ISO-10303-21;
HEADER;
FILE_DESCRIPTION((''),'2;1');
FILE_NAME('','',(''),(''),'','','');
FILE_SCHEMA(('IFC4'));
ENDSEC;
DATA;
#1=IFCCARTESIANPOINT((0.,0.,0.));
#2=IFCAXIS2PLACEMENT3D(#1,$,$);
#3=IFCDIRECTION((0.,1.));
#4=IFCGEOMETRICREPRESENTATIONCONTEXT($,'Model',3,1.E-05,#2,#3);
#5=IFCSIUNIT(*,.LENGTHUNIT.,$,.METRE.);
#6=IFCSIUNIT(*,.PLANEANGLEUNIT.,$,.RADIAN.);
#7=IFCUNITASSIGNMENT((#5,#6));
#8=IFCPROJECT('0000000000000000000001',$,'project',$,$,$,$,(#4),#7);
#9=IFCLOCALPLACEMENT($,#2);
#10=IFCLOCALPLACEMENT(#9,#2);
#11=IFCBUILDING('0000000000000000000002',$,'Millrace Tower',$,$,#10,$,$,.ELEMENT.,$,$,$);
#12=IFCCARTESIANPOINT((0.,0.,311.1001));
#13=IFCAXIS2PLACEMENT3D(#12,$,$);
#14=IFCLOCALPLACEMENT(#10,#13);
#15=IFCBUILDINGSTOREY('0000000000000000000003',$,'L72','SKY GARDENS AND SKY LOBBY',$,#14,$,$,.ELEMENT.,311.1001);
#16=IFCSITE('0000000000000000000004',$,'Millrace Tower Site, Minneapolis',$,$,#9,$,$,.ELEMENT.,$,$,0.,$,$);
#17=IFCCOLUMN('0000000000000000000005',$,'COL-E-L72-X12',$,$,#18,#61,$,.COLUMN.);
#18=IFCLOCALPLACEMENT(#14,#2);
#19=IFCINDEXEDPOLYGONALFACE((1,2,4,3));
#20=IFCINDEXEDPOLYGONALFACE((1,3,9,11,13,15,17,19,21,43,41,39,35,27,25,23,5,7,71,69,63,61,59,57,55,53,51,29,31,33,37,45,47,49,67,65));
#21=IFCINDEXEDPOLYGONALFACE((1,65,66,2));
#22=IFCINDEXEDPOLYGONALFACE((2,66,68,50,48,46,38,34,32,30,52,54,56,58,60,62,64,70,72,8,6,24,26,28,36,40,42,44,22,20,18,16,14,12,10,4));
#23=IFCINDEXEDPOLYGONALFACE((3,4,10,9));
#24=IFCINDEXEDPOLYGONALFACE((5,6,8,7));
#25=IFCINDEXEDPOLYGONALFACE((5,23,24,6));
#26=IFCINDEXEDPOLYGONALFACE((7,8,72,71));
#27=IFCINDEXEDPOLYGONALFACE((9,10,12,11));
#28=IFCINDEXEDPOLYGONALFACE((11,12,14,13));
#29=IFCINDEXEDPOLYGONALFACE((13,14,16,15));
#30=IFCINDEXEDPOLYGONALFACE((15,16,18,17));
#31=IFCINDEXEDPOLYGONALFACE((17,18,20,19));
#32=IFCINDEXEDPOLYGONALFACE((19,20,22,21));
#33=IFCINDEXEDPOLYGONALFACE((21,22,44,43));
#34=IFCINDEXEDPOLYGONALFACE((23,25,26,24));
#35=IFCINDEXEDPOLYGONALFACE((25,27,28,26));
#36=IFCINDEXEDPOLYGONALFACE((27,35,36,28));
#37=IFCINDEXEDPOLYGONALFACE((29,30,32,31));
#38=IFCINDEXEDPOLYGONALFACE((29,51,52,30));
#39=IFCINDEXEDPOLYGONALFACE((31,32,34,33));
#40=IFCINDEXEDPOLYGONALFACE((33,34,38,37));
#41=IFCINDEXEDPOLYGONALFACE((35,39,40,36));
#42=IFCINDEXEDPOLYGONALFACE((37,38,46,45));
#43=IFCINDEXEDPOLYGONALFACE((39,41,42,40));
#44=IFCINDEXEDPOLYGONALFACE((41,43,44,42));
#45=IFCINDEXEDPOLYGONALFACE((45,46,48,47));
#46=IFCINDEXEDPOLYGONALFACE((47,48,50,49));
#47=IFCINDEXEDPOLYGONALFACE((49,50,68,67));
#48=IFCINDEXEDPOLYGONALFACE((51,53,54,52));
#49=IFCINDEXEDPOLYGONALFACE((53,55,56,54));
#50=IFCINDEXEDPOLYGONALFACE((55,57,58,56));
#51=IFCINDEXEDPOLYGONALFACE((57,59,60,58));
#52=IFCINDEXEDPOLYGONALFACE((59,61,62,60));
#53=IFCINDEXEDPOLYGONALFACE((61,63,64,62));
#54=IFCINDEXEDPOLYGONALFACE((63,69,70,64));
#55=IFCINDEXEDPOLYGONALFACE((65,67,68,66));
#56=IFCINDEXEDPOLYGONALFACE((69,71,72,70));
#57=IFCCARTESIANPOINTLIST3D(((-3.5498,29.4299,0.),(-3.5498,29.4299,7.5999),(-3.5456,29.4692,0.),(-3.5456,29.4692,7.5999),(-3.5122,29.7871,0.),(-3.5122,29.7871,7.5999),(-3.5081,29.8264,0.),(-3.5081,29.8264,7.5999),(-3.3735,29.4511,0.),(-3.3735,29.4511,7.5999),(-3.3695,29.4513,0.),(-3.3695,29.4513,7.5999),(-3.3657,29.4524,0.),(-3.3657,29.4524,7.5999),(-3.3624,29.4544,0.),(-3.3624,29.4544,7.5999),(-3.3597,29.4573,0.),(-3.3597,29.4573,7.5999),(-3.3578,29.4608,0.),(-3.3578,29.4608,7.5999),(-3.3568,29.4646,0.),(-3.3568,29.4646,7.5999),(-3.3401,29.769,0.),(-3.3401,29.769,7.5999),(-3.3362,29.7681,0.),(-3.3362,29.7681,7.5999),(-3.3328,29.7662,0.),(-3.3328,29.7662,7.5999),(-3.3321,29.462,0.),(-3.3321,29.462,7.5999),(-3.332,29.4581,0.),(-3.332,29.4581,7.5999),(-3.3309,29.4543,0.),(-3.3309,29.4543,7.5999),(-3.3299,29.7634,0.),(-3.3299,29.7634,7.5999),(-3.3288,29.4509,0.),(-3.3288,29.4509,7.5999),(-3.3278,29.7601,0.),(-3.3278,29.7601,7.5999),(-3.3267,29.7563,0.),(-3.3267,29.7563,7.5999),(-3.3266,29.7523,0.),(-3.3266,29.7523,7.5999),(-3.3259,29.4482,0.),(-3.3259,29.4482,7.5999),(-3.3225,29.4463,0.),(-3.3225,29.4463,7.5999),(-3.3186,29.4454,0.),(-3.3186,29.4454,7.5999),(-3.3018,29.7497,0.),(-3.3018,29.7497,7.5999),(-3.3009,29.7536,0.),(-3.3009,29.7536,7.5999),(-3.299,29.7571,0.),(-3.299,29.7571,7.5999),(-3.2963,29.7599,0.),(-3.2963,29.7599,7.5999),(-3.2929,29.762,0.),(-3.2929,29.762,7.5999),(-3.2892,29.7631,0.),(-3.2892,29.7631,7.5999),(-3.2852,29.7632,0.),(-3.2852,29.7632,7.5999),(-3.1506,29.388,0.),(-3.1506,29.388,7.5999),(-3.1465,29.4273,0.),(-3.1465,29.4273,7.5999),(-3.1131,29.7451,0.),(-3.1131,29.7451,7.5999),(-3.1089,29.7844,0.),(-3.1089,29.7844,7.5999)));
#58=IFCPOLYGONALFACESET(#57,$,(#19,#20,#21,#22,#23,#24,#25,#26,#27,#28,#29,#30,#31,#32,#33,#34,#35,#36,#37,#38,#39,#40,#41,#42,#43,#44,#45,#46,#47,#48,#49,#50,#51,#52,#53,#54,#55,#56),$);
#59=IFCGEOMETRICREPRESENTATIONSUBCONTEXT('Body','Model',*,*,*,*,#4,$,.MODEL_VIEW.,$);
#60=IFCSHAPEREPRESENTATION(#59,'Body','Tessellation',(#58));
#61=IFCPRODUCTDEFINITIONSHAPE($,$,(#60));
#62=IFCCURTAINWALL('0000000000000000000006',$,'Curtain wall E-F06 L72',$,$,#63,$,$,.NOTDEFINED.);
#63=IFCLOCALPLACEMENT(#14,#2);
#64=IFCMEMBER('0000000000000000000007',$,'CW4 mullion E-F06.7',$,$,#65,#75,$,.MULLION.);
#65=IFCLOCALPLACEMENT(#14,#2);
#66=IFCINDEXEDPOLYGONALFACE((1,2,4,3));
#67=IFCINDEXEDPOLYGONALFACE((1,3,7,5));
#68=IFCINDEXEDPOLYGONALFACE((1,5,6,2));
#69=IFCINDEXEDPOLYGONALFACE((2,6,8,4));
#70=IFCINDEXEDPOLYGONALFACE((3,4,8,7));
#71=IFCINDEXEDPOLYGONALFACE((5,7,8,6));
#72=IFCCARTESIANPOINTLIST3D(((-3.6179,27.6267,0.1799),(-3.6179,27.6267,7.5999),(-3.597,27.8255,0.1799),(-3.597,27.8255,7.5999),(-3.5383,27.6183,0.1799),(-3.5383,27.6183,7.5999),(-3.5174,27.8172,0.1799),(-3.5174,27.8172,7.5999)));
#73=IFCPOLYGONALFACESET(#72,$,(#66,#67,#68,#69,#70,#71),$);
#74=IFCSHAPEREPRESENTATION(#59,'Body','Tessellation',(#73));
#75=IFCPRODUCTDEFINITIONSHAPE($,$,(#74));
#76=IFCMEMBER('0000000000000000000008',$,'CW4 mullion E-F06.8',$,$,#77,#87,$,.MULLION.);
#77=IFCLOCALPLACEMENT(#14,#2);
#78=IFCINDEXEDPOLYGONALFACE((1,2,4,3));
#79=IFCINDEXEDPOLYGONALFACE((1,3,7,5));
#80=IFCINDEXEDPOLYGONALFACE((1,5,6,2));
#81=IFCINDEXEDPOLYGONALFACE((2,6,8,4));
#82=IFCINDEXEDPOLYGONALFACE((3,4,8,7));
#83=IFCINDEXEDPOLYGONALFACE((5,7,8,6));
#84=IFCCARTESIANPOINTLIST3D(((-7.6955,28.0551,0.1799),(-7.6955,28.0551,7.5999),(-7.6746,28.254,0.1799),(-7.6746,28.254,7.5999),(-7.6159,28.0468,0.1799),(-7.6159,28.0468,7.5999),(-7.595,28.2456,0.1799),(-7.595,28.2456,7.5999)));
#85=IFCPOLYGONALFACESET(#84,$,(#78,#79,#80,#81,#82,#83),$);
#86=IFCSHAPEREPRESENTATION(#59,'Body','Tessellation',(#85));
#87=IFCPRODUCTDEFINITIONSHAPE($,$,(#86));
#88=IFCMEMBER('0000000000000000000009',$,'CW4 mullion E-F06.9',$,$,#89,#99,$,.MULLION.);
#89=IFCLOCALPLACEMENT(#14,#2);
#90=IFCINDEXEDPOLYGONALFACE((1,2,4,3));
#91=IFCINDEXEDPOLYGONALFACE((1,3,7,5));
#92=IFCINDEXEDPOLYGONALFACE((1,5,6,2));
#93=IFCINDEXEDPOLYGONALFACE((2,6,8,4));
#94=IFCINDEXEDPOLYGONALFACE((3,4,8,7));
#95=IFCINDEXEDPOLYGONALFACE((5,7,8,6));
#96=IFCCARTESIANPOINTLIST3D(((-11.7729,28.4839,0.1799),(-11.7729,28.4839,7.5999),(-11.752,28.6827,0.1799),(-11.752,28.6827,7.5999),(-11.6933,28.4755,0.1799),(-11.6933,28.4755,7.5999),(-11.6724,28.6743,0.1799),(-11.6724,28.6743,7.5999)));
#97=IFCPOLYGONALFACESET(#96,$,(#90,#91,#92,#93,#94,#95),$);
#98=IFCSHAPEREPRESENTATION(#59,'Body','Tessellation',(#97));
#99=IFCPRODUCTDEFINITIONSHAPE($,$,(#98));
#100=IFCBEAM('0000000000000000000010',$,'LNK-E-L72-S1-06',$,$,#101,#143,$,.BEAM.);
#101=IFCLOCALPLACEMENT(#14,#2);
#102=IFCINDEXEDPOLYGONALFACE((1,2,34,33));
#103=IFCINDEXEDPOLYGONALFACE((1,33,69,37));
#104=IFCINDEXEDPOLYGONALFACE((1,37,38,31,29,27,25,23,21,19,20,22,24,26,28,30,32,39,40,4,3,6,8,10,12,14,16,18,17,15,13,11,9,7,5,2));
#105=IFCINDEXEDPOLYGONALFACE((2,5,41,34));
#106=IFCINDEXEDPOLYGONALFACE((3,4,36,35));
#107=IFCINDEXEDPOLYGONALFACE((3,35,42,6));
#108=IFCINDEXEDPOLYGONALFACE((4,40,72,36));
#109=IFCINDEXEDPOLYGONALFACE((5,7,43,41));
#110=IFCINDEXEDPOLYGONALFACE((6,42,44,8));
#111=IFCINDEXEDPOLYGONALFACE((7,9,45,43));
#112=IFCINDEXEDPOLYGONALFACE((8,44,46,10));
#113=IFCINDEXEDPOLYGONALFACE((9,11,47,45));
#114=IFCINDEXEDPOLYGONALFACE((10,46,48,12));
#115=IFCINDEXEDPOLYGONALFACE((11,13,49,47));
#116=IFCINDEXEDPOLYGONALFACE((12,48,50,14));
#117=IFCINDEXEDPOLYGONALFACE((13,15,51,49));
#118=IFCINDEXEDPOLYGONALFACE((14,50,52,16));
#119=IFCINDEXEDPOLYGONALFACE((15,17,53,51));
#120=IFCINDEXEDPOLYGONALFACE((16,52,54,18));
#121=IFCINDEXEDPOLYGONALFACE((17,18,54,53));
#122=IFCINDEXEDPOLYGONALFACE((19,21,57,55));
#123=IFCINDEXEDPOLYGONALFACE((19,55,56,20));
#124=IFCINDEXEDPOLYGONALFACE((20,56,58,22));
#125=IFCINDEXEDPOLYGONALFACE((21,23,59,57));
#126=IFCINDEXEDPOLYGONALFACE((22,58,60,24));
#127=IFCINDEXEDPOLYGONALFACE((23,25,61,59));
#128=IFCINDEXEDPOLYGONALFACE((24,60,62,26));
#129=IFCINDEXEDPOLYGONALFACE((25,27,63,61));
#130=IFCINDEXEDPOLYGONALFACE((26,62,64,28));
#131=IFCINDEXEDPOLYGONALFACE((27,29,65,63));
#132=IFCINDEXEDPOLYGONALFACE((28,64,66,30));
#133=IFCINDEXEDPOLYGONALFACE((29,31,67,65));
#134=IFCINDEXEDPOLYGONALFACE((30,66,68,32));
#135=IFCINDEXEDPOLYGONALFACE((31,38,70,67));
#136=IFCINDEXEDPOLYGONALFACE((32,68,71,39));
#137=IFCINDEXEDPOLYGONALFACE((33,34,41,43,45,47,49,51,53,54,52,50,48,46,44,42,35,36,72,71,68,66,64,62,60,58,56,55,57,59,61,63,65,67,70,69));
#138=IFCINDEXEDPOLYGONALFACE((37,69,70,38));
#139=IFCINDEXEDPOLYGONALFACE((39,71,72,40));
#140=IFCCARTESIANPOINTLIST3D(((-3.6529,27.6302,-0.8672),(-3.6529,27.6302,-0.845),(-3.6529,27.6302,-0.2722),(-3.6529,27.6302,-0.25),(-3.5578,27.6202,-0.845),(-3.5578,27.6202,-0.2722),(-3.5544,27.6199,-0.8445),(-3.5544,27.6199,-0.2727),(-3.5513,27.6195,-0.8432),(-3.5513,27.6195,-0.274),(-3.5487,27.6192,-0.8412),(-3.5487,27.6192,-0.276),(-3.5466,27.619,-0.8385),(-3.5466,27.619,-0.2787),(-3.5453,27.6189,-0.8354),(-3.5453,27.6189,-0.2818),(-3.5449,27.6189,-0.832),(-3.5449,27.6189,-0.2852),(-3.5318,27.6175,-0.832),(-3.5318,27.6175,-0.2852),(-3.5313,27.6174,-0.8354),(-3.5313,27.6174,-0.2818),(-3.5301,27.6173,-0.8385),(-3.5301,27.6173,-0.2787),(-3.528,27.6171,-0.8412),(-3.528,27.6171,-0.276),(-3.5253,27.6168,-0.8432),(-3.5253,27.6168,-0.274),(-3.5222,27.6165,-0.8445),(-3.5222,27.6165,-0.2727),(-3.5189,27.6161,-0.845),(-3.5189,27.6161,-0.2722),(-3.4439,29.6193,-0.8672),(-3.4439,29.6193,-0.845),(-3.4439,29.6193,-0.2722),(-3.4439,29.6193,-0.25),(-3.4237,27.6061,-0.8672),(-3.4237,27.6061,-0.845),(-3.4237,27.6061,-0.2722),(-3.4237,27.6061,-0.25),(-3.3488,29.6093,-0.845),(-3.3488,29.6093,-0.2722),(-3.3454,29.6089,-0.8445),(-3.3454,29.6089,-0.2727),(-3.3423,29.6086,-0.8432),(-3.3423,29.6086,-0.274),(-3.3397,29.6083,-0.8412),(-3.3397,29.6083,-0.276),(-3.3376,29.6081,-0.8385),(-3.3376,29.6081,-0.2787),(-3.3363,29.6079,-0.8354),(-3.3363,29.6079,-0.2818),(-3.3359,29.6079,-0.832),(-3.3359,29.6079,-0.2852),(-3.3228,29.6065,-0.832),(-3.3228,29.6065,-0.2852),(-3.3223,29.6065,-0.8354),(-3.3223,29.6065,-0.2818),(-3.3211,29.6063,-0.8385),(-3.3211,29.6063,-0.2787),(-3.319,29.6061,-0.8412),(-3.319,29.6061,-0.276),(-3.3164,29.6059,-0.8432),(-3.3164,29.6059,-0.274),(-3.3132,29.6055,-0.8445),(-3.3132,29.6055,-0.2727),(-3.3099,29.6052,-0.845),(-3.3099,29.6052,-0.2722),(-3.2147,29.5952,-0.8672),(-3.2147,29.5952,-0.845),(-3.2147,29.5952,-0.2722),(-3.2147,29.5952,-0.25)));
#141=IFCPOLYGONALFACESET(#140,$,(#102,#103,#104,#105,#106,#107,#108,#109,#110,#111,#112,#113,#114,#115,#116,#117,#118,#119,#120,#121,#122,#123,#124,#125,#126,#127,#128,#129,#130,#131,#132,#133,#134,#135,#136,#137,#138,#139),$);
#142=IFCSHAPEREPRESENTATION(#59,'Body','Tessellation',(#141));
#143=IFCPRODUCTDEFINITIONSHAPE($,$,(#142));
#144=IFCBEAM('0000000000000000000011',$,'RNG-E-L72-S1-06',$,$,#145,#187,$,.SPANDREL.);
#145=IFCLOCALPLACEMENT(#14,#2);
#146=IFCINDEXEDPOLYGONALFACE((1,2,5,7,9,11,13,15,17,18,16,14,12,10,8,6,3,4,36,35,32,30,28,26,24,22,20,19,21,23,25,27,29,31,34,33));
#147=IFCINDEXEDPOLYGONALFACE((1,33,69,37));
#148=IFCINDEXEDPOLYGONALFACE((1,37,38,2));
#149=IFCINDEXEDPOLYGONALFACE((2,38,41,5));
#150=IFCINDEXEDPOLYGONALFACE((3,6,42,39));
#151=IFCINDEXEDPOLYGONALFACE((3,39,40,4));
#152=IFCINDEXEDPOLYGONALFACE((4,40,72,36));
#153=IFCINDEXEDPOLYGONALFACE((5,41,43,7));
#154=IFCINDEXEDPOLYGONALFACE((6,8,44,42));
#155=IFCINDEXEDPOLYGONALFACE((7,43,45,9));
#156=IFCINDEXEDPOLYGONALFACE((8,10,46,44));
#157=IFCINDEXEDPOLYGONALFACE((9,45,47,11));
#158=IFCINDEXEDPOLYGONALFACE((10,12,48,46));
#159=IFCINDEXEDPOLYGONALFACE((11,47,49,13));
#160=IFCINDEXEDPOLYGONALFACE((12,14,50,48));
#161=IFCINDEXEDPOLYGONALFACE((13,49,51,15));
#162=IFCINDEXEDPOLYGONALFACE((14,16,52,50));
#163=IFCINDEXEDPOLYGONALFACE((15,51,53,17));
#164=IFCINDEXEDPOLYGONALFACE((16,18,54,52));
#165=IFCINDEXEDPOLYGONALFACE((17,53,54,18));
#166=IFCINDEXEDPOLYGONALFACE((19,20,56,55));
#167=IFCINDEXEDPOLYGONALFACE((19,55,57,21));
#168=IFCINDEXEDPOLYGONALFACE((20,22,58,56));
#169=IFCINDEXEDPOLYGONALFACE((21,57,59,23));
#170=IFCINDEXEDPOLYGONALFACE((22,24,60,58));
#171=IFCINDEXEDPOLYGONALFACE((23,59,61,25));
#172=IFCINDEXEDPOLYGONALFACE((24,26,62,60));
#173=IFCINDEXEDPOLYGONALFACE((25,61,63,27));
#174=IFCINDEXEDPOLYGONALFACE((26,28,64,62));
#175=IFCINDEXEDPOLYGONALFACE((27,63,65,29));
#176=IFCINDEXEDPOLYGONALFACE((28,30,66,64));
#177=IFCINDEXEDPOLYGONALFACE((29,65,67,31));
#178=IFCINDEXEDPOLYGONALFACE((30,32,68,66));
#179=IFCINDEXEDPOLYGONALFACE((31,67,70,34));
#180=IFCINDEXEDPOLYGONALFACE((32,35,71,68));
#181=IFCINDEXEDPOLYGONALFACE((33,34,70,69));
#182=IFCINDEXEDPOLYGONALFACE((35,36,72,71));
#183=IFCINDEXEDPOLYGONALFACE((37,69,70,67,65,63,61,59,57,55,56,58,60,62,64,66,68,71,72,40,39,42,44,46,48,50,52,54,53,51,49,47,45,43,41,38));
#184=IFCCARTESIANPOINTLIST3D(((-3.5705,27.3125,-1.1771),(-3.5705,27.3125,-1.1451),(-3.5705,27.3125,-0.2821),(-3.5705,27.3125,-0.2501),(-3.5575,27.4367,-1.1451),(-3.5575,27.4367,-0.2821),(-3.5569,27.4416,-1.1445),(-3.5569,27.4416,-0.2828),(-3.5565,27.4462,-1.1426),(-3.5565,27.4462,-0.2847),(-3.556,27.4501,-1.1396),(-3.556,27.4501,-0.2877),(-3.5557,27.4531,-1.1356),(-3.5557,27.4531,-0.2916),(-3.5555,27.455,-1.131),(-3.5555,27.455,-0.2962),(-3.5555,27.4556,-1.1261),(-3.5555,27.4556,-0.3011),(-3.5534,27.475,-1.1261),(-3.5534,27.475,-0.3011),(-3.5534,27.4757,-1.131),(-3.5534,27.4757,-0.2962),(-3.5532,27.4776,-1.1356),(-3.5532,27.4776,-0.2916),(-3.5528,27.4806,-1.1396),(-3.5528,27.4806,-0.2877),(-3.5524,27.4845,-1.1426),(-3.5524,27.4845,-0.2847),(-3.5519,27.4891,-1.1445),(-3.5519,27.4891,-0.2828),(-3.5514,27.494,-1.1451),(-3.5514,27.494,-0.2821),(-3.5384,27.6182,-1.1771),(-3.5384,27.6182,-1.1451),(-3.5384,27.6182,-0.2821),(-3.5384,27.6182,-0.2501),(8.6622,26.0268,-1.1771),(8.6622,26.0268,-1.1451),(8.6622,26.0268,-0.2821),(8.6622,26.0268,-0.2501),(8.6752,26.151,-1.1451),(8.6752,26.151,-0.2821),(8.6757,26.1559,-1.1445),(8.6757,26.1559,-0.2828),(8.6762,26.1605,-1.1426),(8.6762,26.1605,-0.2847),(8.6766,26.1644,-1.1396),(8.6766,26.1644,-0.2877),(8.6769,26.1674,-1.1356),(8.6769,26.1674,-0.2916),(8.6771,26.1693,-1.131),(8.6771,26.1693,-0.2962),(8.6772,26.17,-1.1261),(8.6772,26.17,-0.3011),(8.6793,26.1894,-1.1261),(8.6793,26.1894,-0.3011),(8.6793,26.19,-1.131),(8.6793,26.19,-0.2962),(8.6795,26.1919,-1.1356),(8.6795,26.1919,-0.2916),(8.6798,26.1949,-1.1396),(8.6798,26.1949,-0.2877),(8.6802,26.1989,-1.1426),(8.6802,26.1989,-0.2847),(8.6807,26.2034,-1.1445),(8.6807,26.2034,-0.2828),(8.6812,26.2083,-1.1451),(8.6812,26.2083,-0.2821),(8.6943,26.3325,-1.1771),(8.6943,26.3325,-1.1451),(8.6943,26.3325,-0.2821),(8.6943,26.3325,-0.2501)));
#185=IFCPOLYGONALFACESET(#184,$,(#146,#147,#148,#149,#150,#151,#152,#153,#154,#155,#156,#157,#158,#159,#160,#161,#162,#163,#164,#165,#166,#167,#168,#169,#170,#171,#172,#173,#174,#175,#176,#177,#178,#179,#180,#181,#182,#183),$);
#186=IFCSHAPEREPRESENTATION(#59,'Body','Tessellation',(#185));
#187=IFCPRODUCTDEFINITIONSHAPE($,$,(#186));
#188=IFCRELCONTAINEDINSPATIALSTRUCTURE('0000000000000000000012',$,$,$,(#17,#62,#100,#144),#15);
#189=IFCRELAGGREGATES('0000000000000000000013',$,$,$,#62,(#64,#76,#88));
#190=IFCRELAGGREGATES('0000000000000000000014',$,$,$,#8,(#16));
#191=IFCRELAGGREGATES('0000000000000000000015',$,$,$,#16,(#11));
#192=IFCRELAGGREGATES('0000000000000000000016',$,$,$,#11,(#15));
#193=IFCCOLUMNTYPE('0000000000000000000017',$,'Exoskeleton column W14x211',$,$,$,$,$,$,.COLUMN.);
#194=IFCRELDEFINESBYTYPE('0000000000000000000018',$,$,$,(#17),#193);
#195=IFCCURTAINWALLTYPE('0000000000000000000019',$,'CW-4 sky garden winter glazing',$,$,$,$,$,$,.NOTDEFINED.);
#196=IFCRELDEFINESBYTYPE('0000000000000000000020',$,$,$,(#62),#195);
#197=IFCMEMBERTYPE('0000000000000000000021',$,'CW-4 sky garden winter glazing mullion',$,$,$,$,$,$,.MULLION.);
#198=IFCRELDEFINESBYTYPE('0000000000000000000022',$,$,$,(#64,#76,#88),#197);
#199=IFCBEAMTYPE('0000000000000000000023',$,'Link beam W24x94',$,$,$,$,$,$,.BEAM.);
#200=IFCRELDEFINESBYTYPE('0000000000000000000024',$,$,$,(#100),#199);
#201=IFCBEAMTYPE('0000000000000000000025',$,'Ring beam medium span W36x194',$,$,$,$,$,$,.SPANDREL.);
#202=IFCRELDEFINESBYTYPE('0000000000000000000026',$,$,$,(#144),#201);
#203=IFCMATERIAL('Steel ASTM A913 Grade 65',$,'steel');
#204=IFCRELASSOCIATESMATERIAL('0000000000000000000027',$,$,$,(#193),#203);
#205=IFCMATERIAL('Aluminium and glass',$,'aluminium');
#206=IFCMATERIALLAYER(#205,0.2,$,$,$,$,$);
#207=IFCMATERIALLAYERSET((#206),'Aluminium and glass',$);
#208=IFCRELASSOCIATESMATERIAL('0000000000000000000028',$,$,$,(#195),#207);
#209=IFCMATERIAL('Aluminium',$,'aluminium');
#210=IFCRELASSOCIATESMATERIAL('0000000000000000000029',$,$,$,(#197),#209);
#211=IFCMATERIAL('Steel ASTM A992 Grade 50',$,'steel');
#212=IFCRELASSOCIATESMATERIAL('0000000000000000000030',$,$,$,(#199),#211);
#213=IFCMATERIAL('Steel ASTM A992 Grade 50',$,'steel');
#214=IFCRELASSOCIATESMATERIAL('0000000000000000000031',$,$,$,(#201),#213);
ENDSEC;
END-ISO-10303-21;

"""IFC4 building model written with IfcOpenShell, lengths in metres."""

from ifc_helpers import new_model, si_unit, direction, frame, origin, origin_2d, place, context, subcontext, project, spatial, rectangle, i_section, extrude, material, layer, layer_set, material_profile, profile_set, type_object, element, aggregate, save


model = new_model("IFC4")

# Units and contexts
model_context = context("Model", 3, precision=1e-05, world=origin(), true_north=direction((0.0, 1.0)))
body_context = subcontext(model_context, "Body", "Model", "MODEL_VIEW")
ifc_project = project(units=[si_unit("LENGTHUNIT", "METRE"), si_unit("PLANEANGLEUNIT", "RADIAN")], contexts=[model_context])

# Site, building, storey
site_placement = place(None, origin())
site = spatial("IfcSite", under=ifc_project, at=site_placement, Name="Millrace Tower Site, Minneapolis", CompositionType="ELEMENT", RefElevation=0.0)
building_placement = place(site_placement, origin())
building = spatial("IfcBuilding", under=site, at=building_placement, Name="Millrace Tower", CompositionType="ELEMENT")
storey_placement = place(building_placement, frame((0.0, 0.0, 311.1001)))
storey = spatial("IfcBuildingStorey", under=building, at=storey_placement, Name="L72", Description="SKY GARDENS AND SKY LOBBY", CompositionType="ELEMENT", Elevation=311.1001)

# Column
ifc_material_1 = material(Name="Steel ASTM A913 Grade 65", Category="steel")
ifc_material_profile_1 = material_profile(ifc_material_1, i_section(OverallWidth=0.4014, OverallDepth=0.3987, WebThickness=0.0249, FlangeThickness=0.0396, FilletRadius=0.0151, at=origin_2d()))
ifc_profile_set_1 = profile_set([ifc_material_profile_1], Name="Steel ASTM A913 Grade 65")
column_type = type_object("IfcColumnType", Name="Exoskeleton column W14x211", PredefinedType="COLUMN", material=ifc_profile_set_1)
column_placement = place(storey_placement, frame((-3.3293, 29.6072, 0.0), z_axis=(0.0, 0.0, 1.0), x_axis=(-0.994522, 0.104528, 0.0)))
element("IfcColumn", 1, at=column_placement, inside=storey, type_object=column_type, Name="COL-E-L72-X12", PredefinedType="COLUMN", context=body_context, shape_type="SweptSolid", body=[
    extrude(i_section(OverallWidth=0.4014, OverallDepth=0.3987, WebThickness=0.0249, FlangeThickness=0.0396, FilletRadius=0.0151, at=origin_2d()), origin(), (0.0, 0.0, 1.0), 7.5999),
])

# Curtain wall, members
ifc_material_2 = material(Name="Aluminium and glass", Category="aluminium")
ifc_layer_1 = layer(ifc_material_2, 0.2)
ifc_layer_set_1 = layer_set([ifc_layer_1], Name="Aluminium and glass")
curtain_wall_type = type_object("IfcCurtainWallType", Name="CW-4 sky garden winter glazing", PredefinedType="NOTDEFINED", material=ifc_layer_set_1)
curtain_wall_placement = place(storey_placement, origin())
curtain_wall = element("IfcCurtainWall", 2, at=curtain_wall_placement, inside=storey, type_object=curtain_wall_type, Name="Curtain wall E-F06 L72", PredefinedType="NOTDEFINED")
ifc_material_3 = material(Name="Aluminium", Category="aluminium")
ifc_material_profile_2 = material_profile(ifc_material_3, rectangle(XDim=0.0801, YDim=0.2, at=origin_2d()))
ifc_profile_set_2 = profile_set([ifc_material_profile_2], Name="Aluminium")
member_type = type_object("IfcMemberType", Name="CW-4 sky garden winter glazing mullion", PredefinedType="MULLION", material=ifc_profile_set_2)
member_1_placement = place(storey_placement, frame((-3.5676, 27.7219, 0.1799), z_axis=(0.0, 0.0, 1.0), x_axis=(-0.994522, 0.104528, 0.0)))
member_1 = element("IfcMember", 3, at=member_1_placement, type_object=member_type, Name="CW4 mullion E-F06.7", PredefinedType="MULLION", context=body_context, shape_type="SweptSolid", body=[
    extrude(rectangle(XDim=0.0801, YDim=0.2, at=origin_2d()), origin(), (0.0, 0.0, 1.0), 7.4199),
])
member_2_placement = place(storey_placement, frame((-7.6453, 28.1504, 0.1799), z_axis=(0.0, 0.0, 1.0), x_axis=(-0.994522, 0.104528, 0.0)))
member_2 = element("IfcMember", 4, at=member_2_placement, type_object=member_type, Name="CW4 mullion E-F06.8", PredefinedType="MULLION", context=body_context, shape_type="SweptSolid", body=[
    extrude(rectangle(XDim=0.0801, YDim=0.2, at=origin_2d()), origin(), (0.0, 0.0, 1.0), 7.4199),
])
member_3_placement = place(storey_placement, frame((-11.7227, 28.5791, 0.1799), z_axis=(0.0, 0.0, 1.0), x_axis=(-0.994522, 0.104528, 0.0)))
member_3 = element("IfcMember", 5, at=member_3_placement, type_object=member_type, Name="CW4 mullion E-F06.9", PredefinedType="MULLION", context=body_context, shape_type="SweptSolid", body=[
    extrude(rectangle(XDim=0.0801, YDim=0.2, at=origin_2d()), origin(), (0.0, 0.0, 1.0), 7.4199),
])
aggregate(curtain_wall, [member_1, member_2, member_3])

# Beams
ifc_material_4 = material(Name="Steel ASTM A992 Grade 50", Category="steel")
ifc_material_profile_3 = material_profile(ifc_material_4, i_section(OverallWidth=0.2305, OverallDepth=0.6172, WebThickness=0.0132, FlangeThickness=0.0222, FilletRadius=0.0129, at=origin_2d()))
ifc_profile_set_3 = profile_set([ifc_material_profile_3], Name="Steel ASTM A992 Grade 50")
beam_type_1 = type_object("IfcBeamType", Name="Link beam W24x94", PredefinedType="BEAM", material=ifc_profile_set_3)
beam_1_placement = place(storey_placement, frame((-3.5383, 27.6182, -0.5586), z_axis=(0.104494, 0.994526, 0.0), x_axis=(-0.994526, 0.104494, 0.0)))
element("IfcBeam", 6, at=beam_1_placement, inside=storey, type_object=beam_type_1, Name="LNK-E-L72-S1-06", PredefinedType="BEAM", context=body_context, shape_type="SweptSolid", body=[
    extrude(i_section(OverallWidth=0.2305, OverallDepth=0.6172, WebThickness=0.0132, FlangeThickness=0.0222, FilletRadius=0.0129, at=origin_2d()), origin(), (0.0, 0.0, 1.0), 2.0),
])
ifc_material_5 = material(Name="Steel ASTM A992 Grade 50", Category="steel")
ifc_material_profile_4 = material_profile(ifc_material_5, i_section(OverallWidth=0.3074, OverallDepth=0.927, WebThickness=0.0195, FlangeThickness=0.032, FilletRadius=0.019, at=origin_2d()))
ifc_profile_set_4 = profile_set([ifc_material_profile_4], Name="Steel ASTM A992 Grade 50")
beam_type_2 = type_object("IfcBeamType", Name="Ring beam medium span W36x194", PredefinedType="SPANDREL", material=ifc_profile_set_4)
beam_2_placement = place(storey_placement, frame((-3.5544, 27.4653, -0.7136), z_axis=(0.994522, -0.104524, 0.0), x_axis=(0.104524, 0.994522, 0.0)))
element("IfcBeam", 7, at=beam_2_placement, inside=storey, type_object=beam_type_2, Name="RNG-E-L72-S1-06", PredefinedType="SPANDREL", context=body_context, shape_type="SweptSolid", body=[
    extrude(i_section(OverallWidth=0.3074, OverallDepth=0.927, WebThickness=0.0195, FlangeThickness=0.032, FilletRadius=0.019, at=origin_2d()), origin(), (0.0, 0.0, 1.0), 12.3),
])

save(model, "model.ifc")
